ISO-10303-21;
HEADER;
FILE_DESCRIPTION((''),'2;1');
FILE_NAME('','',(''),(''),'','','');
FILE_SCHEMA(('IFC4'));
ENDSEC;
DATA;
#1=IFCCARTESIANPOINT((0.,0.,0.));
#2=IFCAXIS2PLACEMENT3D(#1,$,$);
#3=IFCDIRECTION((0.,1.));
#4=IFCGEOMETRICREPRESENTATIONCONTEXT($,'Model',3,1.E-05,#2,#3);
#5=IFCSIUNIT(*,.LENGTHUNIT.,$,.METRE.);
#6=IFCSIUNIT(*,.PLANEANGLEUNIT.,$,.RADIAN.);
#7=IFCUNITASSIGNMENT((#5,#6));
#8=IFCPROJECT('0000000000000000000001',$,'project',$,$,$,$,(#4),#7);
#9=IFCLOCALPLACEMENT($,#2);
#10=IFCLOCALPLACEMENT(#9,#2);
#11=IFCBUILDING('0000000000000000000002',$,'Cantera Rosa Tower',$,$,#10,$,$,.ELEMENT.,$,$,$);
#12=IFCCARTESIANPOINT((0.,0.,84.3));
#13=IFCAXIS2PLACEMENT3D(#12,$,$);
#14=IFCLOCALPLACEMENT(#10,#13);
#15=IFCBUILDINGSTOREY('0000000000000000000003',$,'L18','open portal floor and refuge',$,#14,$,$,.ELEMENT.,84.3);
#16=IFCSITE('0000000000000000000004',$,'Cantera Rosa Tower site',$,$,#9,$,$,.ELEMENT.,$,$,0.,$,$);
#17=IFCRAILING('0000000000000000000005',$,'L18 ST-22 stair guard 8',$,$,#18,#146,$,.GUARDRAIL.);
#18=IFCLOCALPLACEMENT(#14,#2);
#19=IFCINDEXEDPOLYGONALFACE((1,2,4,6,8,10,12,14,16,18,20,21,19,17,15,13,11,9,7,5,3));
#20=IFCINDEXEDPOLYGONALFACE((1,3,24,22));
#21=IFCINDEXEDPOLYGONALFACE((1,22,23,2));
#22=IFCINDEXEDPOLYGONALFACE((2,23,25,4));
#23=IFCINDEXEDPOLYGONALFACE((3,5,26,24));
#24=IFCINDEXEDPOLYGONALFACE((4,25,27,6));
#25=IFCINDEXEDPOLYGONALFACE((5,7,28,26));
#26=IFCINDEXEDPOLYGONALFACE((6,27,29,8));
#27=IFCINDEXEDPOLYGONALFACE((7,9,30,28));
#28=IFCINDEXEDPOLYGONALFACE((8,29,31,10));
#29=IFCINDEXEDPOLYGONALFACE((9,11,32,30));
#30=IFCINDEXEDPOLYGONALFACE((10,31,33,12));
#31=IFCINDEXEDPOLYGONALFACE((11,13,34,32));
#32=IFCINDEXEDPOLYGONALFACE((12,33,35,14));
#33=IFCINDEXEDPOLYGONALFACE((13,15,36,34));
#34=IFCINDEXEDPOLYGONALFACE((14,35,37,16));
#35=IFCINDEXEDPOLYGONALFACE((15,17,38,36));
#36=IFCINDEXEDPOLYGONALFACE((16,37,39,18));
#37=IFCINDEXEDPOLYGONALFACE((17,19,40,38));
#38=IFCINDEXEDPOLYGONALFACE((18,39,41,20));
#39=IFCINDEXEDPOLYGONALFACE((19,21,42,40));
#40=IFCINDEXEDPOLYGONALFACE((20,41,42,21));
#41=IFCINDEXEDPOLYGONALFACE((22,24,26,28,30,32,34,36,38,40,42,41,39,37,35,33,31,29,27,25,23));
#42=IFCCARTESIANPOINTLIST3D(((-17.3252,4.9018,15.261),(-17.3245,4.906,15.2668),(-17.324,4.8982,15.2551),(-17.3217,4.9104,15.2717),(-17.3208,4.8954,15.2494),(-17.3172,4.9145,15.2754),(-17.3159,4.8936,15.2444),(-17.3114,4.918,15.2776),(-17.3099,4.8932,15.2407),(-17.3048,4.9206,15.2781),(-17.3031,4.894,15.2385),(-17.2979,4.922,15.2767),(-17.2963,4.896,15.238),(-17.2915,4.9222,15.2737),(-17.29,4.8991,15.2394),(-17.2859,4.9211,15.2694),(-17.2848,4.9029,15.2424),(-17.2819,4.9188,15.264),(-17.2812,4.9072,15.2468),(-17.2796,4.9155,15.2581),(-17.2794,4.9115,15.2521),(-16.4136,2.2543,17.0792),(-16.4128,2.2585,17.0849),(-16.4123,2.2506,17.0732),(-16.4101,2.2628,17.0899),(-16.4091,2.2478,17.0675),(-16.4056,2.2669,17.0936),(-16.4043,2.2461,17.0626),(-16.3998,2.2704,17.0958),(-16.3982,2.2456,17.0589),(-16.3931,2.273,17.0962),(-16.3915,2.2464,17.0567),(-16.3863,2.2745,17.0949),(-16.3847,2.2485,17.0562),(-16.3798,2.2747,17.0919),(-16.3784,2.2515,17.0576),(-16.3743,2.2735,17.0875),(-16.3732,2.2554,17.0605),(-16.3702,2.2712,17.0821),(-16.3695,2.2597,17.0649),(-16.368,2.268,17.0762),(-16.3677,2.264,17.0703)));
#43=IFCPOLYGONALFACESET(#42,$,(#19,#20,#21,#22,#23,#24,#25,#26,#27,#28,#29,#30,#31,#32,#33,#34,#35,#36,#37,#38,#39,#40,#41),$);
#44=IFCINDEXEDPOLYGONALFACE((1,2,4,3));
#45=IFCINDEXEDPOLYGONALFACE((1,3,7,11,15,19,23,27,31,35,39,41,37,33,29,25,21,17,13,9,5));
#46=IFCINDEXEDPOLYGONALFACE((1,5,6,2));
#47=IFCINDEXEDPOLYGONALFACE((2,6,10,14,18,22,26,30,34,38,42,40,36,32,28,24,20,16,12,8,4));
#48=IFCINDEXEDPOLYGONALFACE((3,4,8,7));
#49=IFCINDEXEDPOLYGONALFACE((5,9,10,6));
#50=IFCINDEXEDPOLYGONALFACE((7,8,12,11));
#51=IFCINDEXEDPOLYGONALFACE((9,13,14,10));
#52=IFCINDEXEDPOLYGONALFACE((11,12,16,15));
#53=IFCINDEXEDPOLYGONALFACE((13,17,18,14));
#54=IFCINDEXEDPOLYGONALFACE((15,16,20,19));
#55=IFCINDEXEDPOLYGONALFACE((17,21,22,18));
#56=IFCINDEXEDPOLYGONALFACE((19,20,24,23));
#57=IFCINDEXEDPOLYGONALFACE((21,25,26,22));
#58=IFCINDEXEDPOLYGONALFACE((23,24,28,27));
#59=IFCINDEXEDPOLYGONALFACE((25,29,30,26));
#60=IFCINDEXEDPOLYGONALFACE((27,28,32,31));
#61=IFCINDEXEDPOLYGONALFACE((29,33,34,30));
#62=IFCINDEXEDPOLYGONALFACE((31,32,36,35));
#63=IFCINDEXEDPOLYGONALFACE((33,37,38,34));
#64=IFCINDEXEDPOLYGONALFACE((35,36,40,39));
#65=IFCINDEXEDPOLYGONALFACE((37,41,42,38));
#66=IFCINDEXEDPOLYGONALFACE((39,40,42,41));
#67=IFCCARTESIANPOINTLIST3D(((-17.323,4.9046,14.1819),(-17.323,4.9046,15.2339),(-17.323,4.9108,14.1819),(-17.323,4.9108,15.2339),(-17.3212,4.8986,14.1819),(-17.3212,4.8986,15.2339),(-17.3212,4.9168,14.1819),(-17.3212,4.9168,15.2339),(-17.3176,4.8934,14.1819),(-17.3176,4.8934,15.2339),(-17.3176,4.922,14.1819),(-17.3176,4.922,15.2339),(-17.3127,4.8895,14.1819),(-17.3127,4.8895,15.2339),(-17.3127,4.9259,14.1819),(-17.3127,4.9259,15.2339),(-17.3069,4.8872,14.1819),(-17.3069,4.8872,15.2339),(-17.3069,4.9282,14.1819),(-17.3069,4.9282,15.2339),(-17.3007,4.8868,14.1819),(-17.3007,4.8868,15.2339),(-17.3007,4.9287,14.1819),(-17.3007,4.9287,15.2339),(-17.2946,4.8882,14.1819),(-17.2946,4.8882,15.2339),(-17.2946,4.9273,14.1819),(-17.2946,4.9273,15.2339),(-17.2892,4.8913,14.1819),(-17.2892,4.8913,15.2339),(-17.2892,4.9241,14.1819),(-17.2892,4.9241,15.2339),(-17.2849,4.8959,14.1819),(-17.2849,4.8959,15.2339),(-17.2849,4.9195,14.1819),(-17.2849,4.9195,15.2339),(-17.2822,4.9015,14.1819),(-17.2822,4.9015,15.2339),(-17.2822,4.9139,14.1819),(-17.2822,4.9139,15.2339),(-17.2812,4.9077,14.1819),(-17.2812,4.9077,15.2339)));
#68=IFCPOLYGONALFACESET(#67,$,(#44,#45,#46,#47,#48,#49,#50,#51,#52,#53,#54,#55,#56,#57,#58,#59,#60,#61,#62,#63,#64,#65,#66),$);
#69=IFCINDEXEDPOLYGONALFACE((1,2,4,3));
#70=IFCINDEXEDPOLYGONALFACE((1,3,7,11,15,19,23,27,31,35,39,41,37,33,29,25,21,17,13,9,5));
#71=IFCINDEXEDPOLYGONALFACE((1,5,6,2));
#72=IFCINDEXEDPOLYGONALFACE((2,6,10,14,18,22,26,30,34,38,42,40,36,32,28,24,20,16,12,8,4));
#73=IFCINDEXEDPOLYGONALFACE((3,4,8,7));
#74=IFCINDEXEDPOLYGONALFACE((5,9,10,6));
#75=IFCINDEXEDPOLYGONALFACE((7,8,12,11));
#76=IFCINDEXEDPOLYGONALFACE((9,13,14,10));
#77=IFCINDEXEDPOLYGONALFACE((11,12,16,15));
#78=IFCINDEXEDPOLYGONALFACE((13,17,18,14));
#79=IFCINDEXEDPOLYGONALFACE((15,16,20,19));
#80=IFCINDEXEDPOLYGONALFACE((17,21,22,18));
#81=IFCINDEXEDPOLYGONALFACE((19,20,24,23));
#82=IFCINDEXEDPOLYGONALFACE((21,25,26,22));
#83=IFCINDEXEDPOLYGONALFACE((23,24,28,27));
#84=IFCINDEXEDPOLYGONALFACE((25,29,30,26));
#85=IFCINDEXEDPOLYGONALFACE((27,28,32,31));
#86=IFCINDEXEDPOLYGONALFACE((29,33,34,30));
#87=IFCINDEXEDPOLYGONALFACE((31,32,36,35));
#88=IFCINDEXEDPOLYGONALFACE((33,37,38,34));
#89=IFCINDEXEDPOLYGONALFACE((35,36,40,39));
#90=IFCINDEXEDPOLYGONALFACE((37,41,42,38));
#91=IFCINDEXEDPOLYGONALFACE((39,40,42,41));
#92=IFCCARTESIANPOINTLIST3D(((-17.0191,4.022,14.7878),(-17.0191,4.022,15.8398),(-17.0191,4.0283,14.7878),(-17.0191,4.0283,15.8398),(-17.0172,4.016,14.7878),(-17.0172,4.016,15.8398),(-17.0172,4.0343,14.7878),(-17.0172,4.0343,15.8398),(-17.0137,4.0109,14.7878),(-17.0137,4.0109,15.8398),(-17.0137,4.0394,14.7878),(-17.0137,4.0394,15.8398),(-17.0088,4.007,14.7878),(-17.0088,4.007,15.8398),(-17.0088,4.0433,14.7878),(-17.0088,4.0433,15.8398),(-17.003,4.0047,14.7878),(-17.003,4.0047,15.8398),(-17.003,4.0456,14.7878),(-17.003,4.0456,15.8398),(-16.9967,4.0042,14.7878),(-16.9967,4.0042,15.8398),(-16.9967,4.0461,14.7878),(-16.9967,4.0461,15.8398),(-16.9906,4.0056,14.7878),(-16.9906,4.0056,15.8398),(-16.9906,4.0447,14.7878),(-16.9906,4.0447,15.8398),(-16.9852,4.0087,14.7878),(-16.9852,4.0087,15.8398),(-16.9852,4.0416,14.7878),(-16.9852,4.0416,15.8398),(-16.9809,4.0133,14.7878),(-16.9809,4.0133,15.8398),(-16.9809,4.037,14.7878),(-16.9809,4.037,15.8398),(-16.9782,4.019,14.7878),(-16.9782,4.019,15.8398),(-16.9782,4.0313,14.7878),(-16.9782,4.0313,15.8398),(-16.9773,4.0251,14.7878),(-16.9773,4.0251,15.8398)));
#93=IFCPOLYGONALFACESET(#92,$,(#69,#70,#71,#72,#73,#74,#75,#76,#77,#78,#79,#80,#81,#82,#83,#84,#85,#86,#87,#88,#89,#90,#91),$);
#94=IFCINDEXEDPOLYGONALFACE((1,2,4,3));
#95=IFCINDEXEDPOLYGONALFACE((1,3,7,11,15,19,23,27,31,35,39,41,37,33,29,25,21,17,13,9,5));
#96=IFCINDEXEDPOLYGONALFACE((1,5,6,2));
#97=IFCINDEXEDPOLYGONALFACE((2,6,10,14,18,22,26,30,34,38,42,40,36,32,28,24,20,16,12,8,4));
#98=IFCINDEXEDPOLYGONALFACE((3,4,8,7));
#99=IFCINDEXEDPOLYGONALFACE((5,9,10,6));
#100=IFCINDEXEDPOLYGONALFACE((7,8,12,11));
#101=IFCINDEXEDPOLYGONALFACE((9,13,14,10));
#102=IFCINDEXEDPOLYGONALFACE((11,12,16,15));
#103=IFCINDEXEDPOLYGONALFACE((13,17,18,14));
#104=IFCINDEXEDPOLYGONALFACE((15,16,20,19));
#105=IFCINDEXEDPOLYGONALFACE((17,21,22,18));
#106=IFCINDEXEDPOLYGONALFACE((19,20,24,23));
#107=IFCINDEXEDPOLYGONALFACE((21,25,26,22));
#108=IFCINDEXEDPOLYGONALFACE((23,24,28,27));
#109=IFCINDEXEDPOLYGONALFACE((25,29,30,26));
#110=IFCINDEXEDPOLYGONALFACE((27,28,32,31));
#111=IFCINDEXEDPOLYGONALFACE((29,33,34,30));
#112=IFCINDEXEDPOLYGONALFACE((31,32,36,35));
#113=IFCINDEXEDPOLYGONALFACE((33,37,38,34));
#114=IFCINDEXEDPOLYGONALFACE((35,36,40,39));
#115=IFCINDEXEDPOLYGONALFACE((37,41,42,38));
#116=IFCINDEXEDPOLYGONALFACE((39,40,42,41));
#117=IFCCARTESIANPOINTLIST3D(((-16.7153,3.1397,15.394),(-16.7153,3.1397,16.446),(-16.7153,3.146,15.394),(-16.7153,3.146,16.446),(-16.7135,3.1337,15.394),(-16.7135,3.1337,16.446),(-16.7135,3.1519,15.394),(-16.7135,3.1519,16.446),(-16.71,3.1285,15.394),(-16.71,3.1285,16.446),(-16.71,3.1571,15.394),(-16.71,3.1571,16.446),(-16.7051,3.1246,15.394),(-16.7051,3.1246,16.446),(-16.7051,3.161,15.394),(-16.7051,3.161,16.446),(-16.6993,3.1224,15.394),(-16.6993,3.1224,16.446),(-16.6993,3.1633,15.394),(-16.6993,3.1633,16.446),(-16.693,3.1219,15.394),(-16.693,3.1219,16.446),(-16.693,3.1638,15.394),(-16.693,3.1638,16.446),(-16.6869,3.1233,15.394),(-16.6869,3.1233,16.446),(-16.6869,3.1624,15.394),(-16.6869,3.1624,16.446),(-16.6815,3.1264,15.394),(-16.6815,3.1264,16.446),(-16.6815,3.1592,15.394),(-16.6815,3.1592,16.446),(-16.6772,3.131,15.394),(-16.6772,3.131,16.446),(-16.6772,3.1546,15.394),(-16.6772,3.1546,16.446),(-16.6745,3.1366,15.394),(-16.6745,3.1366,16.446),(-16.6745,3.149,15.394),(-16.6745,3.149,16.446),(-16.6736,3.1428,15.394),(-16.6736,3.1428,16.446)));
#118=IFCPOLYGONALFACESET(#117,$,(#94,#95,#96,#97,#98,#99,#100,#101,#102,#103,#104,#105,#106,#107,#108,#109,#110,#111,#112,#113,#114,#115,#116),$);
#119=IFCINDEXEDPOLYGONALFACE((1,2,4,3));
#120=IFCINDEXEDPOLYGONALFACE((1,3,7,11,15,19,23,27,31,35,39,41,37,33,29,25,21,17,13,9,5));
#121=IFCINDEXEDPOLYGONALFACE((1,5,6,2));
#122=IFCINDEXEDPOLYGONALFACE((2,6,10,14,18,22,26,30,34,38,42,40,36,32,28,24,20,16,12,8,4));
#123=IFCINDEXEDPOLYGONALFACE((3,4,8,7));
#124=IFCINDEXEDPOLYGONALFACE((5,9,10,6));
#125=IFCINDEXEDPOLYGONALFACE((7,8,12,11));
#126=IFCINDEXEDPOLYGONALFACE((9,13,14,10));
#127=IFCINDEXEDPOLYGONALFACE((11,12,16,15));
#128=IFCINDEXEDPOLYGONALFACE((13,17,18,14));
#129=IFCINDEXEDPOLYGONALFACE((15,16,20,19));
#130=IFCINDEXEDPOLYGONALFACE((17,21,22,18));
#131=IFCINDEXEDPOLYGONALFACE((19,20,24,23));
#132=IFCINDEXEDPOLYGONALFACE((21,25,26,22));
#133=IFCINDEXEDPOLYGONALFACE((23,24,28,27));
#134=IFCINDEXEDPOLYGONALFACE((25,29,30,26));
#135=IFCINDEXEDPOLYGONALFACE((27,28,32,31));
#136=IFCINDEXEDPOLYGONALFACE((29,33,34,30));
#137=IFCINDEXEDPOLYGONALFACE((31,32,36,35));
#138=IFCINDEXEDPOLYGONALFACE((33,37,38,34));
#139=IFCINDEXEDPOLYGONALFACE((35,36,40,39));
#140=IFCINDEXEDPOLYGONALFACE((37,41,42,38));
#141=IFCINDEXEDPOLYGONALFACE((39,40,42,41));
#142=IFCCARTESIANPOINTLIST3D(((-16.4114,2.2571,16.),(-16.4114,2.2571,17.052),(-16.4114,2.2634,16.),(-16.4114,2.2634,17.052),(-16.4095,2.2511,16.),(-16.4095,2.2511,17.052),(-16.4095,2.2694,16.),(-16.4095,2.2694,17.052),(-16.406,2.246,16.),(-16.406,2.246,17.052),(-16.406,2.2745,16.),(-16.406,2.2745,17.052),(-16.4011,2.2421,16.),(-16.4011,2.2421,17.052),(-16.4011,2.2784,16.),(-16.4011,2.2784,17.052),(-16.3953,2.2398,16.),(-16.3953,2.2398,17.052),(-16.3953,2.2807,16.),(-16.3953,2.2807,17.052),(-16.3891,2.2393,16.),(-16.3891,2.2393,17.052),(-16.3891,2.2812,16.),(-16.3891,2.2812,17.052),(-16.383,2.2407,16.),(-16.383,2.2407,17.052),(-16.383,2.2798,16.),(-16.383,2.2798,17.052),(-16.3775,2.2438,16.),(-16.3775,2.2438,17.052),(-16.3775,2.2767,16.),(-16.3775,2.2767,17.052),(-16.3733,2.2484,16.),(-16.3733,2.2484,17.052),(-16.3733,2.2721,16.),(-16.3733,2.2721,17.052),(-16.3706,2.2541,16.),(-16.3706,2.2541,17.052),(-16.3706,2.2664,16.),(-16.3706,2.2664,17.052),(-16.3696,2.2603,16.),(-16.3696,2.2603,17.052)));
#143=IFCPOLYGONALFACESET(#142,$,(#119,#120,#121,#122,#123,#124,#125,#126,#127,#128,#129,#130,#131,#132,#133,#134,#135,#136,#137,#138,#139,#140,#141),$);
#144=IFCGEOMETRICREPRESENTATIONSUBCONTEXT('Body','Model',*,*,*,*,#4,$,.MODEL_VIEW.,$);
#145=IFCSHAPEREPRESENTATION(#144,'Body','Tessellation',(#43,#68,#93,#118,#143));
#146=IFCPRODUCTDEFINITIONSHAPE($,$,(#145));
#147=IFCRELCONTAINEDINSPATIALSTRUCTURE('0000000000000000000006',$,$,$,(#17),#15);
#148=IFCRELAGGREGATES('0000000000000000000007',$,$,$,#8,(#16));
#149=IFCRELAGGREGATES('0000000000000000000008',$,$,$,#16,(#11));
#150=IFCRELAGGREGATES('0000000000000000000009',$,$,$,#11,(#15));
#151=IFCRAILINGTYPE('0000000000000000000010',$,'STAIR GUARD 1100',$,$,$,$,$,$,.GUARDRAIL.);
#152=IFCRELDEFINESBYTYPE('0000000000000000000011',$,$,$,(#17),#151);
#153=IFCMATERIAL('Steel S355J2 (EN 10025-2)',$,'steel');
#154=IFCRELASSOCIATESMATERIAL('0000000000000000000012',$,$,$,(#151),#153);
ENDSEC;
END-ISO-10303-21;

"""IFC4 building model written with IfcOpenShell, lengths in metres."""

from ifc_helpers import new_model, si_unit, direction, frame, origin, origin_2d, place, context, subcontext, project, spatial, circle, extrude, material, type_object, element, save


model = new_model("IFC4")

# Units and contexts
model_context = context("Model", 3, precision=1e-05, world=origin(), true_north=direction((0.0, 1.0)))
body_context = subcontext(model_context, "Body", "Model", "MODEL_VIEW")
ifc_project = project(units=[si_unit("LENGTHUNIT", "METRE"), si_unit("PLANEANGLEUNIT", "RADIAN")], contexts=[model_context])

# Site, building, storey
site_placement = place(None, origin())
site = spatial("IfcSite", under=ifc_project, at=site_placement, Name="Cantera Rosa Tower site", CompositionType="ELEMENT", RefElevation=0.0)
building_placement = place(site_placement, origin())
building = spatial("IfcBuilding", under=site, at=building_placement, Name="Cantera Rosa Tower", CompositionType="ELEMENT")
storey_placement = place(building_placement, frame((0.0, 0.0, 84.3)))
storey = spatial("IfcBuildingStorey", under=building, at=storey_placement, Name="L18", Description="open portal floor and refuge", CompositionType="ELEMENT", Elevation=84.3)

# Railing
ifc_material_1 = material(Name="Steel S355J2 (EN 10025-2)", Category="steel")
railing_type_1 = type_object("IfcRailingType", Name="STAIR GUARD 1100", PredefinedType="GUARDRAIL", material=ifc_material_1)
railing_1_placement = place(storey_placement, frame((-17.3022, 4.9077, 14.1819)))
element("IfcRailing", 1, at=railing_1_placement, inside=storey, type_object=railing_type_1, Name="L18 ST-22 stair guard 8", PredefinedType="GUARDRAIL", context=body_context, shape_type="SweptSolid", body=[
    extrude(circle(Radius=0.0239, at=origin_2d()), frame((0.0, 0.0, 1.0762), z_axis=(0.273062, -0.793007, 0.544589), x_axis=(0.945516, 0.325577, 0.0)), (0.0, 0.0, 1.0), 3.3386),
    extrude(circle(Radius=0.021, at=origin_2d()), origin(), (0.0, 0.0, 1.0), 1.052),
    extrude(circle(Radius=0.021, at=origin_2d()), frame((0.304, -0.8826, 0.606)), (0.0, 0.0, 1.0), 1.052),
    extrude(circle(Radius=0.021, at=origin_2d()), frame((0.6077, -1.7649, 1.2122)), (0.0, 0.0, 1.0), 1.052),
    extrude(circle(Radius=0.021, at=origin_2d()), frame((0.9116, -2.6475, 1.8181)), (0.0, 0.0, 1.0), 1.052),
])

save(model, "model.ifc")
